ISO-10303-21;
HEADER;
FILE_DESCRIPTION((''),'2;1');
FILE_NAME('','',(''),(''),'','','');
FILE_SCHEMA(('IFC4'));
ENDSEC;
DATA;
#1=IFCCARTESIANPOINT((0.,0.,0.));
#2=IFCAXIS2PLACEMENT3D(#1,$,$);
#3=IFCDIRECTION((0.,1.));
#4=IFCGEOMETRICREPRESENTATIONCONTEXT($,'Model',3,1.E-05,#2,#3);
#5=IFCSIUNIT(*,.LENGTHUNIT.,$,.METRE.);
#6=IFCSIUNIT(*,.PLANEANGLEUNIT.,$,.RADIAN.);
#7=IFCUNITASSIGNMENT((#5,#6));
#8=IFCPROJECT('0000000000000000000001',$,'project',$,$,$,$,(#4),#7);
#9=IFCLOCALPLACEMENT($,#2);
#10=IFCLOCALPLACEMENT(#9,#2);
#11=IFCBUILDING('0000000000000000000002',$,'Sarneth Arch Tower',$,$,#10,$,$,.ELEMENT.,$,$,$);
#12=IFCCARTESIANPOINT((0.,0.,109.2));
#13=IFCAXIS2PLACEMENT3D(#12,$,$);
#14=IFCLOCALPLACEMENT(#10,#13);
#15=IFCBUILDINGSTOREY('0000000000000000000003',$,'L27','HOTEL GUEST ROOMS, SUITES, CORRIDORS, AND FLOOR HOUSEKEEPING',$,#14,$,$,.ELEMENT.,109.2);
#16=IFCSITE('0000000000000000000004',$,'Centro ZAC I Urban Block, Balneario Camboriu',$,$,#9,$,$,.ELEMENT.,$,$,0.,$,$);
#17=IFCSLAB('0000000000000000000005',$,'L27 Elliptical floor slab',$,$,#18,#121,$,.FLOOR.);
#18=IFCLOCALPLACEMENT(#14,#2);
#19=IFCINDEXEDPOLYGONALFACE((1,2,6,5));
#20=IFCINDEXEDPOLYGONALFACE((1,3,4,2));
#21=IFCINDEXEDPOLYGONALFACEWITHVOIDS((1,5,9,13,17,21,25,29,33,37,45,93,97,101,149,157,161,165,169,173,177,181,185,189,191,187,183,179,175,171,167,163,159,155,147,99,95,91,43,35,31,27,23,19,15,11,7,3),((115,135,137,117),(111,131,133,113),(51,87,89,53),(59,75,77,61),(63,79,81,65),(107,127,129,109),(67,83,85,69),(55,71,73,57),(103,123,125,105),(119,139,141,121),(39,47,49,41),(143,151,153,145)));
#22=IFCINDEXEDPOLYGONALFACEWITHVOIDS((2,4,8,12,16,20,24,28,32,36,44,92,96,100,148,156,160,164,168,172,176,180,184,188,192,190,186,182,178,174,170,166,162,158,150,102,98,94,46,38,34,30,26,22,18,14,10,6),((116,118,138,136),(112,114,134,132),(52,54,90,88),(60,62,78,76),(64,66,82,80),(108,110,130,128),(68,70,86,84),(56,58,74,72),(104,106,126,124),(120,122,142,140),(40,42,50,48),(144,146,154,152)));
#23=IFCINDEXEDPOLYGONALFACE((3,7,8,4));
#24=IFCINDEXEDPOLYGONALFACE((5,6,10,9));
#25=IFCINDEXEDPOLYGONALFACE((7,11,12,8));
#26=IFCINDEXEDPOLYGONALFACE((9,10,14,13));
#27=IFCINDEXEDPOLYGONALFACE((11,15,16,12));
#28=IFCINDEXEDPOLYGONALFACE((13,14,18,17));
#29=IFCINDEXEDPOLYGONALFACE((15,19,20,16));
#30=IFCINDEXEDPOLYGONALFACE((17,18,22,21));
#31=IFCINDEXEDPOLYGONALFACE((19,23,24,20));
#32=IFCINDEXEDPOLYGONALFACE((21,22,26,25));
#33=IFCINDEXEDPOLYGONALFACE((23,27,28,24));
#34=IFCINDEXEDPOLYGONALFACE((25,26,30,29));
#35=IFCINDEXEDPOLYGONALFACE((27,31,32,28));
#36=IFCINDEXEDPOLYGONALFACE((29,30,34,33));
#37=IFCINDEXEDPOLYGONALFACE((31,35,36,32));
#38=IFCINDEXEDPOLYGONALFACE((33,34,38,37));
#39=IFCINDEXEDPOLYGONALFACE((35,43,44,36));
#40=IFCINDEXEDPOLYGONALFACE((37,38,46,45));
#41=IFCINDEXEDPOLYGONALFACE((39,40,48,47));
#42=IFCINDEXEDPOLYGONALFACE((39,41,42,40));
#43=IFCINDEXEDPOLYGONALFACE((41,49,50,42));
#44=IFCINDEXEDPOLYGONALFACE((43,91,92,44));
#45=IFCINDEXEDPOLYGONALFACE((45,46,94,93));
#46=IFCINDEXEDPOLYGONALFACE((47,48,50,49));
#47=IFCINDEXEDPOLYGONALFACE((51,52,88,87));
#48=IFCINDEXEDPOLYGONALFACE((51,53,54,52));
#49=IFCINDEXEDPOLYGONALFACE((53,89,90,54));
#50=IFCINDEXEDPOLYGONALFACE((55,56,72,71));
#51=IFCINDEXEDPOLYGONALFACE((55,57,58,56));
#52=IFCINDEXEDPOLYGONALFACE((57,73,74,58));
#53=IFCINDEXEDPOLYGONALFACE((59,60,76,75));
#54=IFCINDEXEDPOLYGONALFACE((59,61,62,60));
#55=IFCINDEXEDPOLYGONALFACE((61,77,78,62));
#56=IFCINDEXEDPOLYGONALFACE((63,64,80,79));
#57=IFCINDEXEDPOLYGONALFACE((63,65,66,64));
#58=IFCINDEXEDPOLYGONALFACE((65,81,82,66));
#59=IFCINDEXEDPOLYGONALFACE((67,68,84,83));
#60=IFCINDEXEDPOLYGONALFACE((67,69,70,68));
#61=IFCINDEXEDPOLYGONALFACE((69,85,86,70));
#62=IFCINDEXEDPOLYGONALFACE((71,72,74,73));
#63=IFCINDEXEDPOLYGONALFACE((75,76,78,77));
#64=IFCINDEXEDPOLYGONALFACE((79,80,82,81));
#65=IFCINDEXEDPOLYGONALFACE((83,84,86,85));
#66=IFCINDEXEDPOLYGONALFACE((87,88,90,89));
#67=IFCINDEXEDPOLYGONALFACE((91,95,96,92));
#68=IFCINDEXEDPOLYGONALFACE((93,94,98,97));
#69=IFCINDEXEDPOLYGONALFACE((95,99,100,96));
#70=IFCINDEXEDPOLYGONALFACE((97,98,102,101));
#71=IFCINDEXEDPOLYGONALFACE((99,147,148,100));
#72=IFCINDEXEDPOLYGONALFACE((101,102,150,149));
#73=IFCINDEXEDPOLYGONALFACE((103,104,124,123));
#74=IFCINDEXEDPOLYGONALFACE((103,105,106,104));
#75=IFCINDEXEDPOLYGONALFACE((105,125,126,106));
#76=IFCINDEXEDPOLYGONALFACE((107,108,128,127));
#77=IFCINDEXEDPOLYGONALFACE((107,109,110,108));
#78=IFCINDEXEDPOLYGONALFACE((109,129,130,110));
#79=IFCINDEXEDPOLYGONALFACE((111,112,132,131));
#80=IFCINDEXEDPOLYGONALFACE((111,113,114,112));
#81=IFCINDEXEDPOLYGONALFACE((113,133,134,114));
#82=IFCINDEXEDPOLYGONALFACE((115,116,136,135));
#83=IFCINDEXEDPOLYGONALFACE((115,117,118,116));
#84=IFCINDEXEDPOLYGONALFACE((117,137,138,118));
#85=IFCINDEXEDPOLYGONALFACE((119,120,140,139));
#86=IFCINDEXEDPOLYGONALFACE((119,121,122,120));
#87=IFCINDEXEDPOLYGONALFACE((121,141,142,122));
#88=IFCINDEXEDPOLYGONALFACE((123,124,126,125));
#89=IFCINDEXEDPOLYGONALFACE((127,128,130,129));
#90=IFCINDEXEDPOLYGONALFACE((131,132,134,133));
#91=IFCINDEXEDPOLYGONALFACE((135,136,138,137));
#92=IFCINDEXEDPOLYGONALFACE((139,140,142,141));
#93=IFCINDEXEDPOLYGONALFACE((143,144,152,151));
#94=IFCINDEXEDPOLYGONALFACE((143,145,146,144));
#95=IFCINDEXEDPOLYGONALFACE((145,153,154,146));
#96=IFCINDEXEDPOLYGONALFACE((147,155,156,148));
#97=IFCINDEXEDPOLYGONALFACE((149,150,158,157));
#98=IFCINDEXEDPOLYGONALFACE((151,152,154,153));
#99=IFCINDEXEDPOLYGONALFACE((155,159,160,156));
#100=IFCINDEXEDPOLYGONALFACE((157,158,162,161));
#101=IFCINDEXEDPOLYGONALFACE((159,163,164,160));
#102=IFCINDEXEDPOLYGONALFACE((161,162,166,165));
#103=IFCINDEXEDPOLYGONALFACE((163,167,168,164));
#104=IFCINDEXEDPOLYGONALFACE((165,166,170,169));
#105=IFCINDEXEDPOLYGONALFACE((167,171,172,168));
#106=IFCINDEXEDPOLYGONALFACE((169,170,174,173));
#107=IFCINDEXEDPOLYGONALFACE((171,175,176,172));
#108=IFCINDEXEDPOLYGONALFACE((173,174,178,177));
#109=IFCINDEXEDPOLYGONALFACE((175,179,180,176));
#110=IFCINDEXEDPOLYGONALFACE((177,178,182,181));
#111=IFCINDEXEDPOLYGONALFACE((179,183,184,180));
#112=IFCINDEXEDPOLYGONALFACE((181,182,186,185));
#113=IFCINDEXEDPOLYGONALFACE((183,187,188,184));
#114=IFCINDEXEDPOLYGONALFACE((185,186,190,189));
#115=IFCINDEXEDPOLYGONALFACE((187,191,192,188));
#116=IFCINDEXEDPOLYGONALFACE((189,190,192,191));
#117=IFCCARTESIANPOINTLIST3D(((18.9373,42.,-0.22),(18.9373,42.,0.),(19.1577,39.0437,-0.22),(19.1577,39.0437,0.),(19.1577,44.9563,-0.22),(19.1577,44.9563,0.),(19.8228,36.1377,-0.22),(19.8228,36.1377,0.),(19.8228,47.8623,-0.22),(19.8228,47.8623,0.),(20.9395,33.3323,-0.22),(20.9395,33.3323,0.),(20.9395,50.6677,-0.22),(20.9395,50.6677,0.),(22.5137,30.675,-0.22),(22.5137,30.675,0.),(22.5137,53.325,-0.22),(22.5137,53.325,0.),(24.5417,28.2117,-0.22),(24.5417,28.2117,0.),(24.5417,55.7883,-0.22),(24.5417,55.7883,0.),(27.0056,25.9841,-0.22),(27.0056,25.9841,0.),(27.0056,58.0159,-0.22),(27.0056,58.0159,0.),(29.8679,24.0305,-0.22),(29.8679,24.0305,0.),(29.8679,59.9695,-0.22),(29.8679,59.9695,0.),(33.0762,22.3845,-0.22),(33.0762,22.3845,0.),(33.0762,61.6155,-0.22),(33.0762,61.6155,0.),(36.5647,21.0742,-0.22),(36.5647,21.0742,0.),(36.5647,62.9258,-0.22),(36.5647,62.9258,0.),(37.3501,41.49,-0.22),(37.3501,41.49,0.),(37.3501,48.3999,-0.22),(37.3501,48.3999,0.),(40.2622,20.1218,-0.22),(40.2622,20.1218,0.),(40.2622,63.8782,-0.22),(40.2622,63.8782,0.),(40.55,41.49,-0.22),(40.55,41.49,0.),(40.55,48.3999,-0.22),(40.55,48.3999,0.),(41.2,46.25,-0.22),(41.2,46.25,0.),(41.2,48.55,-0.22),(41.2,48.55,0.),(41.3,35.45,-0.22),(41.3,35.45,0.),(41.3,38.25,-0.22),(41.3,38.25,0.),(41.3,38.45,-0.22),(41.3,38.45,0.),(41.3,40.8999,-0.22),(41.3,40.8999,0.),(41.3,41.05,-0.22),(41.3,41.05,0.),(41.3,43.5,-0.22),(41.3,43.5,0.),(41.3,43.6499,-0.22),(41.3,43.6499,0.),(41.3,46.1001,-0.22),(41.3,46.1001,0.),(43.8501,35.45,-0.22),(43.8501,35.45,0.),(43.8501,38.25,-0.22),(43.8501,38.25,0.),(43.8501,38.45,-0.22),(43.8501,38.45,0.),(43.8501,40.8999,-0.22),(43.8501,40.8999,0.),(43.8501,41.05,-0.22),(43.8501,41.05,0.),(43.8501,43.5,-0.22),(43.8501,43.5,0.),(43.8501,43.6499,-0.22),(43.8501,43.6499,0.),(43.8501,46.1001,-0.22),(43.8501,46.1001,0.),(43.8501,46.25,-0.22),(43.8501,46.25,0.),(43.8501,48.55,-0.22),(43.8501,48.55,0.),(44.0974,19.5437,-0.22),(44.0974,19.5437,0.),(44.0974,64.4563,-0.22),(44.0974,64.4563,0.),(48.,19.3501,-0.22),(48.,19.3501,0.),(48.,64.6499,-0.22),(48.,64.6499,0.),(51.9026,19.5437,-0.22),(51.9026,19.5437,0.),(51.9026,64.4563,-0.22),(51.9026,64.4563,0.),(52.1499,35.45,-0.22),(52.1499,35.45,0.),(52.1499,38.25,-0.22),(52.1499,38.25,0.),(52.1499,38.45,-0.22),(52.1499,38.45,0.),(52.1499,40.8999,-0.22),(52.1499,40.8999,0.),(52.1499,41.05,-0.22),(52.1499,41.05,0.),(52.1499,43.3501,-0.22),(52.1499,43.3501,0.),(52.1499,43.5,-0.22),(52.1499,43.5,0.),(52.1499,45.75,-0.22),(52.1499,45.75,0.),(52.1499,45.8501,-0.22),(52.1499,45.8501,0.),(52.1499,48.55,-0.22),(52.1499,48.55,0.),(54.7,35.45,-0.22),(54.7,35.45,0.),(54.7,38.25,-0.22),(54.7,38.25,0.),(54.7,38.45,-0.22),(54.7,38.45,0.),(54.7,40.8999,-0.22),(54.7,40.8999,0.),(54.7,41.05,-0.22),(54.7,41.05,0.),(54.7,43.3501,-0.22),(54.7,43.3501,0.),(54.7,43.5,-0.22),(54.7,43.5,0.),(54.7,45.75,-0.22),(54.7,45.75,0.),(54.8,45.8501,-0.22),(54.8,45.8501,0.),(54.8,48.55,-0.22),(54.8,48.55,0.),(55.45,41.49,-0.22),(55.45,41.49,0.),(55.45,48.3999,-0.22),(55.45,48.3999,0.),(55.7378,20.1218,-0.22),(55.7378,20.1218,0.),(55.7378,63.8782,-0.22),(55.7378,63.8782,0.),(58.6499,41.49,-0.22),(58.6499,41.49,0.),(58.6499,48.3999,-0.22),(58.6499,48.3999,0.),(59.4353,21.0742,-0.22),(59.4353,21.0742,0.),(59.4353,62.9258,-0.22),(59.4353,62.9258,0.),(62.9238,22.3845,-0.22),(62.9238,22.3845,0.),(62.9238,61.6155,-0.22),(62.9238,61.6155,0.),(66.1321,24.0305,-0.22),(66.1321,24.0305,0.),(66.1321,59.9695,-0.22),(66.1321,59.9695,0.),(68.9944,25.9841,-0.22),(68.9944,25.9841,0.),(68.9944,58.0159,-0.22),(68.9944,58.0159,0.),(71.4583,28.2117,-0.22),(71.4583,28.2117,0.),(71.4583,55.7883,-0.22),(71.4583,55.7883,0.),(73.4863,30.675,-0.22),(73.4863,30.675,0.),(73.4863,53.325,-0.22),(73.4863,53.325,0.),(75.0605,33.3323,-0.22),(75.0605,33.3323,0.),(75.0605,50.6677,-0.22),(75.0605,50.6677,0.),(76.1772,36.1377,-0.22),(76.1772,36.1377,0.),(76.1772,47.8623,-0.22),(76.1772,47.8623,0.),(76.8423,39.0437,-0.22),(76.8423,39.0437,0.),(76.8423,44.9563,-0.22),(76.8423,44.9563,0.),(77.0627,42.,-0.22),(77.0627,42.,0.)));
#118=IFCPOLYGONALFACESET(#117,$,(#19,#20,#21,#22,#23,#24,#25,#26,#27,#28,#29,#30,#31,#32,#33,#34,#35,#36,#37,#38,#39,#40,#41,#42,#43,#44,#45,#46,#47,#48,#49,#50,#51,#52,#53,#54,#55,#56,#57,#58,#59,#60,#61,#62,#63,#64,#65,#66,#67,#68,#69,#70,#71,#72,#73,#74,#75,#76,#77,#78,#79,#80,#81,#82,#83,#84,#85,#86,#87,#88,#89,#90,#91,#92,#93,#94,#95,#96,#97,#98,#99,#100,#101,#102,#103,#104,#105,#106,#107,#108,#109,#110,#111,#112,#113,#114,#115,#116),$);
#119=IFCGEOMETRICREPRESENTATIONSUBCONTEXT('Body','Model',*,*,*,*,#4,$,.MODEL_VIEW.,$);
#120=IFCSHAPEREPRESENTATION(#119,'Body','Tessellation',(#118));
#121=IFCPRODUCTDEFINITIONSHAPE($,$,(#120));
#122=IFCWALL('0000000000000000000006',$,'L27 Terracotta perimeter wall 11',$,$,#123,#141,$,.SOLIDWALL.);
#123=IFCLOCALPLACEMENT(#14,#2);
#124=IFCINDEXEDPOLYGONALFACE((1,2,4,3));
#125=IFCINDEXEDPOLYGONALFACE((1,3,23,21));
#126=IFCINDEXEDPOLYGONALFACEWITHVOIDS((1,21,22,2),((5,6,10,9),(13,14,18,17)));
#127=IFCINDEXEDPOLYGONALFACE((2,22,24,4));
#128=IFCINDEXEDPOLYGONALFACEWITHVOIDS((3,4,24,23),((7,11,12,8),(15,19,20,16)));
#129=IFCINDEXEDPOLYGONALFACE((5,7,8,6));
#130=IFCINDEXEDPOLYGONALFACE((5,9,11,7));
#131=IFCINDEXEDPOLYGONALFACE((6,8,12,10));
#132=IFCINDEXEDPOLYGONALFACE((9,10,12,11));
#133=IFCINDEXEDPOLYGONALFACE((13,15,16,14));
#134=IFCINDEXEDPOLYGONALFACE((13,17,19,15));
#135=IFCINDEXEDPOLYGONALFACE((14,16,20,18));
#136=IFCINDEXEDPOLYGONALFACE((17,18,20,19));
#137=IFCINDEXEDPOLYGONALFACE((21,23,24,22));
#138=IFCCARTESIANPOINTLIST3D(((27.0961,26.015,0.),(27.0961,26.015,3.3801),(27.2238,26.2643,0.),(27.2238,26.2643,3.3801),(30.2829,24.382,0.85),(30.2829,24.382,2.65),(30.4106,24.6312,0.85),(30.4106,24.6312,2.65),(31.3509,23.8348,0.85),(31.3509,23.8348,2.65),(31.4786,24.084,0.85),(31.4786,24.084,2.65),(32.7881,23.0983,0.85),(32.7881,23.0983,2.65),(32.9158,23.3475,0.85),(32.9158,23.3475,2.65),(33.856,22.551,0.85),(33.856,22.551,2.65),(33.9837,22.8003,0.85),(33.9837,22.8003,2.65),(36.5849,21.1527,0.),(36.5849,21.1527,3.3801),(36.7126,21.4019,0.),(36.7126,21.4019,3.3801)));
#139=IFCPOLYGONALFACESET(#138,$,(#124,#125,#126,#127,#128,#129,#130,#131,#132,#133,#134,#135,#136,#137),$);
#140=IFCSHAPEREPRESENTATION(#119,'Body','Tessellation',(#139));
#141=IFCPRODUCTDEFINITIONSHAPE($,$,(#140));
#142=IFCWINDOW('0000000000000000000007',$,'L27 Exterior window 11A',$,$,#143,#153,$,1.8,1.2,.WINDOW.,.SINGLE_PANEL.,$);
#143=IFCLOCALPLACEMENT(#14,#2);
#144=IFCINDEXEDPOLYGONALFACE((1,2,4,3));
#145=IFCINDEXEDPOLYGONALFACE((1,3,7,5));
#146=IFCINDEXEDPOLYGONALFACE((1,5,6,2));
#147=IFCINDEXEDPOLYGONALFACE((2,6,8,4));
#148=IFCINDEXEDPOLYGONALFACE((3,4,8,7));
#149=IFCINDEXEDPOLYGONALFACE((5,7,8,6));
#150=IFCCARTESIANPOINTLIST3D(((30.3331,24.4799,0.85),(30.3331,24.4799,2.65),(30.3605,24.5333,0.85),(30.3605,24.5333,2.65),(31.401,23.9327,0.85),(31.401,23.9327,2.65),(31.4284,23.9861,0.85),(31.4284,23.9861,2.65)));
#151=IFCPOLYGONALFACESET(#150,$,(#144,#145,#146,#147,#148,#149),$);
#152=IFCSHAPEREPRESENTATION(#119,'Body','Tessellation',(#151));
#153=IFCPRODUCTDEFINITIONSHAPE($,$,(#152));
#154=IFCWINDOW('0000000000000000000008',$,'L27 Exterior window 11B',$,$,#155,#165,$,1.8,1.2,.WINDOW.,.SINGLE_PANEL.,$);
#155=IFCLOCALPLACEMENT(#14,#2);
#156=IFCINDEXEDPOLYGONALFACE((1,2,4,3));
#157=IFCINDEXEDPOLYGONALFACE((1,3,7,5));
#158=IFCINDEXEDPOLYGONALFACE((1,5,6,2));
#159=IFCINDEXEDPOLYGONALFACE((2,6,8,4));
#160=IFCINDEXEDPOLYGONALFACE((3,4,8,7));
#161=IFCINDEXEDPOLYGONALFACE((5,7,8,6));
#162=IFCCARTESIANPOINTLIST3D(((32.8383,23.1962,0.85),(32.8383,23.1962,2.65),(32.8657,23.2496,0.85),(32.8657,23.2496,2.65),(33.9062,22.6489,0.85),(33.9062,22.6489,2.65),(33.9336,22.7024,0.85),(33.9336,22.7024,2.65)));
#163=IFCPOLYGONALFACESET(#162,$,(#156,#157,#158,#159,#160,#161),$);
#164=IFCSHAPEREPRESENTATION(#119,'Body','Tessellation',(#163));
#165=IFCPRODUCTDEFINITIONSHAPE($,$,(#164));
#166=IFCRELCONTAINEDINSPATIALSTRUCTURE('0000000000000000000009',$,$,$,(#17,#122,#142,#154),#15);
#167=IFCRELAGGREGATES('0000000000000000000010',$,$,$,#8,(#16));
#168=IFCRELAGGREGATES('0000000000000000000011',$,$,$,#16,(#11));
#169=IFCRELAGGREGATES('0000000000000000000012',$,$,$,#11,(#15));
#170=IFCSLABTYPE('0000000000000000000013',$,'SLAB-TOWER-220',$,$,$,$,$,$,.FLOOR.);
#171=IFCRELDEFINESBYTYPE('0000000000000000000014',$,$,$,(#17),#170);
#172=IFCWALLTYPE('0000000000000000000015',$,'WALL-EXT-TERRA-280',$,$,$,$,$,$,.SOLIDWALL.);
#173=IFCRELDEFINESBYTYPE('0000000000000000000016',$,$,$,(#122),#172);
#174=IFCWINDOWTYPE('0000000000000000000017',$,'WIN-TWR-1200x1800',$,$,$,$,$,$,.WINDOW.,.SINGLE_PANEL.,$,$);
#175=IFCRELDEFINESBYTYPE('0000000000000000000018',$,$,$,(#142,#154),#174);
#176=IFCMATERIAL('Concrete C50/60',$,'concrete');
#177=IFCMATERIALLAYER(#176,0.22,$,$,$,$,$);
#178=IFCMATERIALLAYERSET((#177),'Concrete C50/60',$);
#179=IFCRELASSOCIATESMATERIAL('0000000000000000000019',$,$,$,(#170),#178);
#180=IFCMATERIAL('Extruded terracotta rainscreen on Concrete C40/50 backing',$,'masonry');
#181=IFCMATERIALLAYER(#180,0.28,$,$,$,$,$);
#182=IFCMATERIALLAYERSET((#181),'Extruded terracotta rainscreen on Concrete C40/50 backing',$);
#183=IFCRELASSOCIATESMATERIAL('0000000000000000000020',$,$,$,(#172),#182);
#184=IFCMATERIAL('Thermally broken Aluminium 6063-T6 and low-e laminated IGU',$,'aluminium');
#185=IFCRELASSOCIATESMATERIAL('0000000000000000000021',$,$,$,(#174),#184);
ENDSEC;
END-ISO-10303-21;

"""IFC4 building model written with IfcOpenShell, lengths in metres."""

from ifc_helpers import new_model, si_unit, direction, frame, frame_2d, origin, place, context, subcontext, project, spatial, polyline, rectangle, outline, extrude, material, layer, layer_set, type_object, element, fill, save


model = new_model("IFC4")

# Units and contexts
model_context = context("Model", 3, precision=1e-05, world=origin(), true_north=direction((0.0, 1.0)))
body_context = subcontext(model_context, "Body", "Model", "MODEL_VIEW")
ifc_project = project(units=[si_unit("LENGTHUNIT", "METRE"), si_unit("PLANEANGLEUNIT", "RADIAN")], contexts=[model_context])

# Site, building, storey
site_placement = place(None, origin())
site = spatial("IfcSite", under=ifc_project, at=site_placement, Name="Centro ZAC I Urban Block, Balneario Camboriu", CompositionType="ELEMENT", RefElevation=0.0)
building_placement = place(site_placement, origin())
building = spatial("IfcBuilding", under=site, at=building_placement, Name="Sarneth Arch Tower", CompositionType="ELEMENT")
storey_placement = place(building_placement, frame((0.0, 0.0, 109.2)))
storey = spatial("IfcBuildingStorey", under=building, at=storey_placement, Name="L27", Description="HOTEL GUEST ROOMS, SUITES, CORRIDORS, AND FLOOR HOUSEKEEPING", CompositionType="ELEMENT", Elevation=109.2)

# Slab
ifc_material_1 = material(Name="Concrete C50/60", Category="concrete")
ifc_layer_1 = layer(ifc_material_1, 0.22)
ifc_layer_set_1 = layer_set([ifc_layer_1], Name="Concrete C50/60")
slab_type_1 = type_object("IfcSlabType", Name="SLAB-TOWER-220", PredefinedType="FLOOR", material=ifc_layer_set_1)
slab_1_placement = place(storey_placement, frame((0.0, 0.0, -0.22)))
element("IfcSlab", 1, at=slab_1_placement, inside=storey, type_object=slab_type_1, Name="L27 Elliptical floor slab", PredefinedType="FLOOR", context=body_context, shape_type="SweptSolid", body=[
    extrude(outline(polyline([(77.0627, 42.0), (76.8423, 44.9563), (76.1772, 47.8623), (75.0605, 50.6677), (73.4863, 53.325), (71.4583, 55.7883), (68.9944, 58.0159), (66.1321, 59.9695), (62.9238, 61.6155), (59.4353, 62.9258), (55.7378, 63.8782), (51.9026, 64.4563), (48.0, 64.6499), (44.0974, 64.4563), (40.2622, 63.8782), (36.5647, 62.9258), (33.0762, 61.6155), (29.8679, 59.9695), (27.0056, 58.0159), (24.5417, 55.7883), (22.5137, 53.325), (20.9395, 50.6677), (19.8228, 47.8623), (19.1577, 44.9563), (18.9373, 42.0), (19.1577, 39.0437), (19.8228, 36.1377), (20.9395, 33.3323), (22.5137, 30.675), (24.5417, 28.2117), (27.0056, 25.9841), (29.8679, 24.0305), (33.0762, 22.3845), (36.5647, 21.0742), (40.2622, 20.1218), (44.0974, 19.5437), (48.0, 19.3501), (51.9026, 19.5437), (55.7378, 20.1218), (59.4353, 21.0742), (62.9238, 22.3845), (66.1321, 24.0305), (68.9944, 25.9841), (71.4583, 28.2117), (73.4863, 30.675), (75.0605, 33.3323), (76.1772, 36.1377), (76.8423, 39.0437), (77.0627, 42.0)]), holes=[polyline([(37.3501, 41.49), (40.55, 41.49), (40.55, 48.3999), (37.3501, 48.3999), (37.3501, 41.49)]), polyline([(55.45, 41.49), (58.6499, 41.49), (58.6499, 48.3999), (55.45, 48.3999), (55.45, 41.49)]), polyline([(41.2, 46.25), (43.8501, 46.25), (43.8501, 48.55), (41.2, 48.55), (41.2, 46.25)]), polyline([(41.3, 35.45), (43.8501, 35.45), (43.8501, 38.25), (41.3, 38.25), (41.3, 35.45)]), polyline([(52.1499, 35.45), (54.7, 35.45), (54.7, 38.25), (52.1499, 38.25), (52.1499, 35.45)]), polyline([(52.1499, 45.8501), (54.8, 45.8501), (54.8, 48.55), (52.1499, 48.55), (52.1499, 45.8501)]), polyline([(41.3, 38.45), (43.8501, 38.45), (43.8501, 40.8999), (41.3, 40.8999), (41.3, 38.45)]), polyline([(41.3, 41.05), (43.8501, 41.05), (43.8501, 43.5), (41.3, 43.5), (41.3, 41.05)]), polyline([(41.3, 43.6499), (43.8501, 43.6499), (43.8501, 46.1001), (41.3, 46.1001), (41.3, 43.6499)]), polyline([(52.1499, 38.45), (54.7, 38.45), (54.7, 40.8999), (52.1499, 40.8999), (52.1499, 38.45)]), polyline([(52.1499, 41.05), (54.7, 41.05), (54.7, 43.3501), (52.1499, 43.3501), (52.1499, 41.05)]), polyline([(52.1499, 43.5), (54.7, 43.5), (54.7, 45.75), (52.1499, 45.75), (52.1499, 43.5)])]), origin(), (0.0, 0.0, 1.0), 0.22),
])

# Wall, openings, windows
ifc_material_2 = material(Name="Extruded terracotta rainscreen on Concrete C40/50 backing", Category="masonry")
ifc_layer_2 = layer(ifc_material_2, 0.28)
ifc_layer_set_2 = layer_set([ifc_layer_2], Name="Extruded terracotta rainscreen on Concrete C40/50 backing")
wall_type_1 = type_object("IfcWallType", Name="WALL-EXT-TERRA-280", PredefinedType="SOLIDWALL", material=ifc_layer_set_2)
wall_1_placement = place(storey_placement, frame((27.1599, 26.1396, 0.0), z_axis=(0.0, 0.0, 1.0), x_axis=(0.88996, -0.45604, 0.0)))
wall_1 = element("IfcWall", 2, at=wall_1_placement, inside=storey, type_object=wall_type_1, Name="L27 Terracotta perimeter wall 11", PredefinedType="SOLIDWALL", context=body_context, shape_type="SweptSolid", body=[
    extrude(rectangle(XDim=10.6621, YDim=0.28, at=frame_2d((5.3311, 0.0))), origin(), (0.0, 0.0, 1.0), 3.3801),
])
opening_1_placement = place(wall_1_placement, frame((3.5808, 0.0, 0.8501)))
opening_1 = element("IfcOpeningElement", 3, at=opening_1_placement, cuts=wall_1, PredefinedType="OPENING", context=body_context, shape_type="SweptSolid", body=[
    extrude(rectangle(XDim=1.2, YDim=1.8, at=frame_2d((0.6001, 0.8999))), frame((0.0, 0.1499, 0.0), z_axis=(0.0, -1.0, 0.0), x_axis=(1.0, 0.0, 0.0)), (0.0, 0.0, 1.0), 0.3),
])
opening_2_placement = place(wall_1_placement, frame((6.3958, 0.0, 0.8501)))
opening_2 = element("IfcOpeningElement", 4, at=opening_2_placement, cuts=wall_1, PredefinedType="OPENING", context=body_context, shape_type="SweptSolid", body=[
    extrude(rectangle(XDim=1.2, YDim=1.8, at=frame_2d((0.6001, 0.8999))), frame((0.0, 0.1499, 0.0), z_axis=(0.0, -1.0, 0.0), x_axis=(1.0, 0.0, 0.0)), (0.0, 0.0, 1.0), 0.3),
])
ifc_material_3 = material(Name="Thermally broken Aluminium 6063-T6 and low-e laminated IGU", Category="aluminium")
window_type = type_object("IfcWindowType", Name="WIN-TWR-1200x1800", PartitioningType="SINGLE_PANEL", PredefinedType="WINDOW", material=ifc_material_3)
window_1_placement = place(opening_1_placement, origin())
window_1 = element("IfcWindow", 5, at=window_1_placement, inside=storey, type_object=window_type, Name="L27 Exterior window 11A", OverallHeight=1.8, OverallWidth=1.2, PartitioningType="SINGLE_PANEL", PredefinedType="WINDOW", context=body_context, shape_type="SweptSolid", body=[
    extrude(rectangle(XDim=1.2, YDim=1.8, at=frame_2d((0.6001, 0.8999))), frame((0.0, 0.03, 0.0), z_axis=(0.0, -1.0, 0.0), x_axis=(1.0, 0.0, 0.0)), (0.0, 0.0, 1.0), 0.0601),
])
fill(opening_1, window_1)
window_2_placement = place(opening_2_placement, origin())
window_2 = element("IfcWindow", 6, at=window_2_placement, inside=storey, type_object=window_type, Name="L27 Exterior window 11B", OverallHeight=1.8, OverallWidth=1.2, PartitioningType="SINGLE_PANEL", PredefinedType="WINDOW", context=body_context, shape_type="SweptSolid", body=[
    extrude(rectangle(XDim=1.2, YDim=1.8, at=frame_2d((0.6001, 0.8999))), frame((0.0, 0.03, 0.0), z_axis=(0.0, -1.0, 0.0), x_axis=(1.0, 0.0, 0.0)), (0.0, 0.0, 1.0), 0.0601),
])
fill(opening_2, window_2)

save(model, "model.ifc")
